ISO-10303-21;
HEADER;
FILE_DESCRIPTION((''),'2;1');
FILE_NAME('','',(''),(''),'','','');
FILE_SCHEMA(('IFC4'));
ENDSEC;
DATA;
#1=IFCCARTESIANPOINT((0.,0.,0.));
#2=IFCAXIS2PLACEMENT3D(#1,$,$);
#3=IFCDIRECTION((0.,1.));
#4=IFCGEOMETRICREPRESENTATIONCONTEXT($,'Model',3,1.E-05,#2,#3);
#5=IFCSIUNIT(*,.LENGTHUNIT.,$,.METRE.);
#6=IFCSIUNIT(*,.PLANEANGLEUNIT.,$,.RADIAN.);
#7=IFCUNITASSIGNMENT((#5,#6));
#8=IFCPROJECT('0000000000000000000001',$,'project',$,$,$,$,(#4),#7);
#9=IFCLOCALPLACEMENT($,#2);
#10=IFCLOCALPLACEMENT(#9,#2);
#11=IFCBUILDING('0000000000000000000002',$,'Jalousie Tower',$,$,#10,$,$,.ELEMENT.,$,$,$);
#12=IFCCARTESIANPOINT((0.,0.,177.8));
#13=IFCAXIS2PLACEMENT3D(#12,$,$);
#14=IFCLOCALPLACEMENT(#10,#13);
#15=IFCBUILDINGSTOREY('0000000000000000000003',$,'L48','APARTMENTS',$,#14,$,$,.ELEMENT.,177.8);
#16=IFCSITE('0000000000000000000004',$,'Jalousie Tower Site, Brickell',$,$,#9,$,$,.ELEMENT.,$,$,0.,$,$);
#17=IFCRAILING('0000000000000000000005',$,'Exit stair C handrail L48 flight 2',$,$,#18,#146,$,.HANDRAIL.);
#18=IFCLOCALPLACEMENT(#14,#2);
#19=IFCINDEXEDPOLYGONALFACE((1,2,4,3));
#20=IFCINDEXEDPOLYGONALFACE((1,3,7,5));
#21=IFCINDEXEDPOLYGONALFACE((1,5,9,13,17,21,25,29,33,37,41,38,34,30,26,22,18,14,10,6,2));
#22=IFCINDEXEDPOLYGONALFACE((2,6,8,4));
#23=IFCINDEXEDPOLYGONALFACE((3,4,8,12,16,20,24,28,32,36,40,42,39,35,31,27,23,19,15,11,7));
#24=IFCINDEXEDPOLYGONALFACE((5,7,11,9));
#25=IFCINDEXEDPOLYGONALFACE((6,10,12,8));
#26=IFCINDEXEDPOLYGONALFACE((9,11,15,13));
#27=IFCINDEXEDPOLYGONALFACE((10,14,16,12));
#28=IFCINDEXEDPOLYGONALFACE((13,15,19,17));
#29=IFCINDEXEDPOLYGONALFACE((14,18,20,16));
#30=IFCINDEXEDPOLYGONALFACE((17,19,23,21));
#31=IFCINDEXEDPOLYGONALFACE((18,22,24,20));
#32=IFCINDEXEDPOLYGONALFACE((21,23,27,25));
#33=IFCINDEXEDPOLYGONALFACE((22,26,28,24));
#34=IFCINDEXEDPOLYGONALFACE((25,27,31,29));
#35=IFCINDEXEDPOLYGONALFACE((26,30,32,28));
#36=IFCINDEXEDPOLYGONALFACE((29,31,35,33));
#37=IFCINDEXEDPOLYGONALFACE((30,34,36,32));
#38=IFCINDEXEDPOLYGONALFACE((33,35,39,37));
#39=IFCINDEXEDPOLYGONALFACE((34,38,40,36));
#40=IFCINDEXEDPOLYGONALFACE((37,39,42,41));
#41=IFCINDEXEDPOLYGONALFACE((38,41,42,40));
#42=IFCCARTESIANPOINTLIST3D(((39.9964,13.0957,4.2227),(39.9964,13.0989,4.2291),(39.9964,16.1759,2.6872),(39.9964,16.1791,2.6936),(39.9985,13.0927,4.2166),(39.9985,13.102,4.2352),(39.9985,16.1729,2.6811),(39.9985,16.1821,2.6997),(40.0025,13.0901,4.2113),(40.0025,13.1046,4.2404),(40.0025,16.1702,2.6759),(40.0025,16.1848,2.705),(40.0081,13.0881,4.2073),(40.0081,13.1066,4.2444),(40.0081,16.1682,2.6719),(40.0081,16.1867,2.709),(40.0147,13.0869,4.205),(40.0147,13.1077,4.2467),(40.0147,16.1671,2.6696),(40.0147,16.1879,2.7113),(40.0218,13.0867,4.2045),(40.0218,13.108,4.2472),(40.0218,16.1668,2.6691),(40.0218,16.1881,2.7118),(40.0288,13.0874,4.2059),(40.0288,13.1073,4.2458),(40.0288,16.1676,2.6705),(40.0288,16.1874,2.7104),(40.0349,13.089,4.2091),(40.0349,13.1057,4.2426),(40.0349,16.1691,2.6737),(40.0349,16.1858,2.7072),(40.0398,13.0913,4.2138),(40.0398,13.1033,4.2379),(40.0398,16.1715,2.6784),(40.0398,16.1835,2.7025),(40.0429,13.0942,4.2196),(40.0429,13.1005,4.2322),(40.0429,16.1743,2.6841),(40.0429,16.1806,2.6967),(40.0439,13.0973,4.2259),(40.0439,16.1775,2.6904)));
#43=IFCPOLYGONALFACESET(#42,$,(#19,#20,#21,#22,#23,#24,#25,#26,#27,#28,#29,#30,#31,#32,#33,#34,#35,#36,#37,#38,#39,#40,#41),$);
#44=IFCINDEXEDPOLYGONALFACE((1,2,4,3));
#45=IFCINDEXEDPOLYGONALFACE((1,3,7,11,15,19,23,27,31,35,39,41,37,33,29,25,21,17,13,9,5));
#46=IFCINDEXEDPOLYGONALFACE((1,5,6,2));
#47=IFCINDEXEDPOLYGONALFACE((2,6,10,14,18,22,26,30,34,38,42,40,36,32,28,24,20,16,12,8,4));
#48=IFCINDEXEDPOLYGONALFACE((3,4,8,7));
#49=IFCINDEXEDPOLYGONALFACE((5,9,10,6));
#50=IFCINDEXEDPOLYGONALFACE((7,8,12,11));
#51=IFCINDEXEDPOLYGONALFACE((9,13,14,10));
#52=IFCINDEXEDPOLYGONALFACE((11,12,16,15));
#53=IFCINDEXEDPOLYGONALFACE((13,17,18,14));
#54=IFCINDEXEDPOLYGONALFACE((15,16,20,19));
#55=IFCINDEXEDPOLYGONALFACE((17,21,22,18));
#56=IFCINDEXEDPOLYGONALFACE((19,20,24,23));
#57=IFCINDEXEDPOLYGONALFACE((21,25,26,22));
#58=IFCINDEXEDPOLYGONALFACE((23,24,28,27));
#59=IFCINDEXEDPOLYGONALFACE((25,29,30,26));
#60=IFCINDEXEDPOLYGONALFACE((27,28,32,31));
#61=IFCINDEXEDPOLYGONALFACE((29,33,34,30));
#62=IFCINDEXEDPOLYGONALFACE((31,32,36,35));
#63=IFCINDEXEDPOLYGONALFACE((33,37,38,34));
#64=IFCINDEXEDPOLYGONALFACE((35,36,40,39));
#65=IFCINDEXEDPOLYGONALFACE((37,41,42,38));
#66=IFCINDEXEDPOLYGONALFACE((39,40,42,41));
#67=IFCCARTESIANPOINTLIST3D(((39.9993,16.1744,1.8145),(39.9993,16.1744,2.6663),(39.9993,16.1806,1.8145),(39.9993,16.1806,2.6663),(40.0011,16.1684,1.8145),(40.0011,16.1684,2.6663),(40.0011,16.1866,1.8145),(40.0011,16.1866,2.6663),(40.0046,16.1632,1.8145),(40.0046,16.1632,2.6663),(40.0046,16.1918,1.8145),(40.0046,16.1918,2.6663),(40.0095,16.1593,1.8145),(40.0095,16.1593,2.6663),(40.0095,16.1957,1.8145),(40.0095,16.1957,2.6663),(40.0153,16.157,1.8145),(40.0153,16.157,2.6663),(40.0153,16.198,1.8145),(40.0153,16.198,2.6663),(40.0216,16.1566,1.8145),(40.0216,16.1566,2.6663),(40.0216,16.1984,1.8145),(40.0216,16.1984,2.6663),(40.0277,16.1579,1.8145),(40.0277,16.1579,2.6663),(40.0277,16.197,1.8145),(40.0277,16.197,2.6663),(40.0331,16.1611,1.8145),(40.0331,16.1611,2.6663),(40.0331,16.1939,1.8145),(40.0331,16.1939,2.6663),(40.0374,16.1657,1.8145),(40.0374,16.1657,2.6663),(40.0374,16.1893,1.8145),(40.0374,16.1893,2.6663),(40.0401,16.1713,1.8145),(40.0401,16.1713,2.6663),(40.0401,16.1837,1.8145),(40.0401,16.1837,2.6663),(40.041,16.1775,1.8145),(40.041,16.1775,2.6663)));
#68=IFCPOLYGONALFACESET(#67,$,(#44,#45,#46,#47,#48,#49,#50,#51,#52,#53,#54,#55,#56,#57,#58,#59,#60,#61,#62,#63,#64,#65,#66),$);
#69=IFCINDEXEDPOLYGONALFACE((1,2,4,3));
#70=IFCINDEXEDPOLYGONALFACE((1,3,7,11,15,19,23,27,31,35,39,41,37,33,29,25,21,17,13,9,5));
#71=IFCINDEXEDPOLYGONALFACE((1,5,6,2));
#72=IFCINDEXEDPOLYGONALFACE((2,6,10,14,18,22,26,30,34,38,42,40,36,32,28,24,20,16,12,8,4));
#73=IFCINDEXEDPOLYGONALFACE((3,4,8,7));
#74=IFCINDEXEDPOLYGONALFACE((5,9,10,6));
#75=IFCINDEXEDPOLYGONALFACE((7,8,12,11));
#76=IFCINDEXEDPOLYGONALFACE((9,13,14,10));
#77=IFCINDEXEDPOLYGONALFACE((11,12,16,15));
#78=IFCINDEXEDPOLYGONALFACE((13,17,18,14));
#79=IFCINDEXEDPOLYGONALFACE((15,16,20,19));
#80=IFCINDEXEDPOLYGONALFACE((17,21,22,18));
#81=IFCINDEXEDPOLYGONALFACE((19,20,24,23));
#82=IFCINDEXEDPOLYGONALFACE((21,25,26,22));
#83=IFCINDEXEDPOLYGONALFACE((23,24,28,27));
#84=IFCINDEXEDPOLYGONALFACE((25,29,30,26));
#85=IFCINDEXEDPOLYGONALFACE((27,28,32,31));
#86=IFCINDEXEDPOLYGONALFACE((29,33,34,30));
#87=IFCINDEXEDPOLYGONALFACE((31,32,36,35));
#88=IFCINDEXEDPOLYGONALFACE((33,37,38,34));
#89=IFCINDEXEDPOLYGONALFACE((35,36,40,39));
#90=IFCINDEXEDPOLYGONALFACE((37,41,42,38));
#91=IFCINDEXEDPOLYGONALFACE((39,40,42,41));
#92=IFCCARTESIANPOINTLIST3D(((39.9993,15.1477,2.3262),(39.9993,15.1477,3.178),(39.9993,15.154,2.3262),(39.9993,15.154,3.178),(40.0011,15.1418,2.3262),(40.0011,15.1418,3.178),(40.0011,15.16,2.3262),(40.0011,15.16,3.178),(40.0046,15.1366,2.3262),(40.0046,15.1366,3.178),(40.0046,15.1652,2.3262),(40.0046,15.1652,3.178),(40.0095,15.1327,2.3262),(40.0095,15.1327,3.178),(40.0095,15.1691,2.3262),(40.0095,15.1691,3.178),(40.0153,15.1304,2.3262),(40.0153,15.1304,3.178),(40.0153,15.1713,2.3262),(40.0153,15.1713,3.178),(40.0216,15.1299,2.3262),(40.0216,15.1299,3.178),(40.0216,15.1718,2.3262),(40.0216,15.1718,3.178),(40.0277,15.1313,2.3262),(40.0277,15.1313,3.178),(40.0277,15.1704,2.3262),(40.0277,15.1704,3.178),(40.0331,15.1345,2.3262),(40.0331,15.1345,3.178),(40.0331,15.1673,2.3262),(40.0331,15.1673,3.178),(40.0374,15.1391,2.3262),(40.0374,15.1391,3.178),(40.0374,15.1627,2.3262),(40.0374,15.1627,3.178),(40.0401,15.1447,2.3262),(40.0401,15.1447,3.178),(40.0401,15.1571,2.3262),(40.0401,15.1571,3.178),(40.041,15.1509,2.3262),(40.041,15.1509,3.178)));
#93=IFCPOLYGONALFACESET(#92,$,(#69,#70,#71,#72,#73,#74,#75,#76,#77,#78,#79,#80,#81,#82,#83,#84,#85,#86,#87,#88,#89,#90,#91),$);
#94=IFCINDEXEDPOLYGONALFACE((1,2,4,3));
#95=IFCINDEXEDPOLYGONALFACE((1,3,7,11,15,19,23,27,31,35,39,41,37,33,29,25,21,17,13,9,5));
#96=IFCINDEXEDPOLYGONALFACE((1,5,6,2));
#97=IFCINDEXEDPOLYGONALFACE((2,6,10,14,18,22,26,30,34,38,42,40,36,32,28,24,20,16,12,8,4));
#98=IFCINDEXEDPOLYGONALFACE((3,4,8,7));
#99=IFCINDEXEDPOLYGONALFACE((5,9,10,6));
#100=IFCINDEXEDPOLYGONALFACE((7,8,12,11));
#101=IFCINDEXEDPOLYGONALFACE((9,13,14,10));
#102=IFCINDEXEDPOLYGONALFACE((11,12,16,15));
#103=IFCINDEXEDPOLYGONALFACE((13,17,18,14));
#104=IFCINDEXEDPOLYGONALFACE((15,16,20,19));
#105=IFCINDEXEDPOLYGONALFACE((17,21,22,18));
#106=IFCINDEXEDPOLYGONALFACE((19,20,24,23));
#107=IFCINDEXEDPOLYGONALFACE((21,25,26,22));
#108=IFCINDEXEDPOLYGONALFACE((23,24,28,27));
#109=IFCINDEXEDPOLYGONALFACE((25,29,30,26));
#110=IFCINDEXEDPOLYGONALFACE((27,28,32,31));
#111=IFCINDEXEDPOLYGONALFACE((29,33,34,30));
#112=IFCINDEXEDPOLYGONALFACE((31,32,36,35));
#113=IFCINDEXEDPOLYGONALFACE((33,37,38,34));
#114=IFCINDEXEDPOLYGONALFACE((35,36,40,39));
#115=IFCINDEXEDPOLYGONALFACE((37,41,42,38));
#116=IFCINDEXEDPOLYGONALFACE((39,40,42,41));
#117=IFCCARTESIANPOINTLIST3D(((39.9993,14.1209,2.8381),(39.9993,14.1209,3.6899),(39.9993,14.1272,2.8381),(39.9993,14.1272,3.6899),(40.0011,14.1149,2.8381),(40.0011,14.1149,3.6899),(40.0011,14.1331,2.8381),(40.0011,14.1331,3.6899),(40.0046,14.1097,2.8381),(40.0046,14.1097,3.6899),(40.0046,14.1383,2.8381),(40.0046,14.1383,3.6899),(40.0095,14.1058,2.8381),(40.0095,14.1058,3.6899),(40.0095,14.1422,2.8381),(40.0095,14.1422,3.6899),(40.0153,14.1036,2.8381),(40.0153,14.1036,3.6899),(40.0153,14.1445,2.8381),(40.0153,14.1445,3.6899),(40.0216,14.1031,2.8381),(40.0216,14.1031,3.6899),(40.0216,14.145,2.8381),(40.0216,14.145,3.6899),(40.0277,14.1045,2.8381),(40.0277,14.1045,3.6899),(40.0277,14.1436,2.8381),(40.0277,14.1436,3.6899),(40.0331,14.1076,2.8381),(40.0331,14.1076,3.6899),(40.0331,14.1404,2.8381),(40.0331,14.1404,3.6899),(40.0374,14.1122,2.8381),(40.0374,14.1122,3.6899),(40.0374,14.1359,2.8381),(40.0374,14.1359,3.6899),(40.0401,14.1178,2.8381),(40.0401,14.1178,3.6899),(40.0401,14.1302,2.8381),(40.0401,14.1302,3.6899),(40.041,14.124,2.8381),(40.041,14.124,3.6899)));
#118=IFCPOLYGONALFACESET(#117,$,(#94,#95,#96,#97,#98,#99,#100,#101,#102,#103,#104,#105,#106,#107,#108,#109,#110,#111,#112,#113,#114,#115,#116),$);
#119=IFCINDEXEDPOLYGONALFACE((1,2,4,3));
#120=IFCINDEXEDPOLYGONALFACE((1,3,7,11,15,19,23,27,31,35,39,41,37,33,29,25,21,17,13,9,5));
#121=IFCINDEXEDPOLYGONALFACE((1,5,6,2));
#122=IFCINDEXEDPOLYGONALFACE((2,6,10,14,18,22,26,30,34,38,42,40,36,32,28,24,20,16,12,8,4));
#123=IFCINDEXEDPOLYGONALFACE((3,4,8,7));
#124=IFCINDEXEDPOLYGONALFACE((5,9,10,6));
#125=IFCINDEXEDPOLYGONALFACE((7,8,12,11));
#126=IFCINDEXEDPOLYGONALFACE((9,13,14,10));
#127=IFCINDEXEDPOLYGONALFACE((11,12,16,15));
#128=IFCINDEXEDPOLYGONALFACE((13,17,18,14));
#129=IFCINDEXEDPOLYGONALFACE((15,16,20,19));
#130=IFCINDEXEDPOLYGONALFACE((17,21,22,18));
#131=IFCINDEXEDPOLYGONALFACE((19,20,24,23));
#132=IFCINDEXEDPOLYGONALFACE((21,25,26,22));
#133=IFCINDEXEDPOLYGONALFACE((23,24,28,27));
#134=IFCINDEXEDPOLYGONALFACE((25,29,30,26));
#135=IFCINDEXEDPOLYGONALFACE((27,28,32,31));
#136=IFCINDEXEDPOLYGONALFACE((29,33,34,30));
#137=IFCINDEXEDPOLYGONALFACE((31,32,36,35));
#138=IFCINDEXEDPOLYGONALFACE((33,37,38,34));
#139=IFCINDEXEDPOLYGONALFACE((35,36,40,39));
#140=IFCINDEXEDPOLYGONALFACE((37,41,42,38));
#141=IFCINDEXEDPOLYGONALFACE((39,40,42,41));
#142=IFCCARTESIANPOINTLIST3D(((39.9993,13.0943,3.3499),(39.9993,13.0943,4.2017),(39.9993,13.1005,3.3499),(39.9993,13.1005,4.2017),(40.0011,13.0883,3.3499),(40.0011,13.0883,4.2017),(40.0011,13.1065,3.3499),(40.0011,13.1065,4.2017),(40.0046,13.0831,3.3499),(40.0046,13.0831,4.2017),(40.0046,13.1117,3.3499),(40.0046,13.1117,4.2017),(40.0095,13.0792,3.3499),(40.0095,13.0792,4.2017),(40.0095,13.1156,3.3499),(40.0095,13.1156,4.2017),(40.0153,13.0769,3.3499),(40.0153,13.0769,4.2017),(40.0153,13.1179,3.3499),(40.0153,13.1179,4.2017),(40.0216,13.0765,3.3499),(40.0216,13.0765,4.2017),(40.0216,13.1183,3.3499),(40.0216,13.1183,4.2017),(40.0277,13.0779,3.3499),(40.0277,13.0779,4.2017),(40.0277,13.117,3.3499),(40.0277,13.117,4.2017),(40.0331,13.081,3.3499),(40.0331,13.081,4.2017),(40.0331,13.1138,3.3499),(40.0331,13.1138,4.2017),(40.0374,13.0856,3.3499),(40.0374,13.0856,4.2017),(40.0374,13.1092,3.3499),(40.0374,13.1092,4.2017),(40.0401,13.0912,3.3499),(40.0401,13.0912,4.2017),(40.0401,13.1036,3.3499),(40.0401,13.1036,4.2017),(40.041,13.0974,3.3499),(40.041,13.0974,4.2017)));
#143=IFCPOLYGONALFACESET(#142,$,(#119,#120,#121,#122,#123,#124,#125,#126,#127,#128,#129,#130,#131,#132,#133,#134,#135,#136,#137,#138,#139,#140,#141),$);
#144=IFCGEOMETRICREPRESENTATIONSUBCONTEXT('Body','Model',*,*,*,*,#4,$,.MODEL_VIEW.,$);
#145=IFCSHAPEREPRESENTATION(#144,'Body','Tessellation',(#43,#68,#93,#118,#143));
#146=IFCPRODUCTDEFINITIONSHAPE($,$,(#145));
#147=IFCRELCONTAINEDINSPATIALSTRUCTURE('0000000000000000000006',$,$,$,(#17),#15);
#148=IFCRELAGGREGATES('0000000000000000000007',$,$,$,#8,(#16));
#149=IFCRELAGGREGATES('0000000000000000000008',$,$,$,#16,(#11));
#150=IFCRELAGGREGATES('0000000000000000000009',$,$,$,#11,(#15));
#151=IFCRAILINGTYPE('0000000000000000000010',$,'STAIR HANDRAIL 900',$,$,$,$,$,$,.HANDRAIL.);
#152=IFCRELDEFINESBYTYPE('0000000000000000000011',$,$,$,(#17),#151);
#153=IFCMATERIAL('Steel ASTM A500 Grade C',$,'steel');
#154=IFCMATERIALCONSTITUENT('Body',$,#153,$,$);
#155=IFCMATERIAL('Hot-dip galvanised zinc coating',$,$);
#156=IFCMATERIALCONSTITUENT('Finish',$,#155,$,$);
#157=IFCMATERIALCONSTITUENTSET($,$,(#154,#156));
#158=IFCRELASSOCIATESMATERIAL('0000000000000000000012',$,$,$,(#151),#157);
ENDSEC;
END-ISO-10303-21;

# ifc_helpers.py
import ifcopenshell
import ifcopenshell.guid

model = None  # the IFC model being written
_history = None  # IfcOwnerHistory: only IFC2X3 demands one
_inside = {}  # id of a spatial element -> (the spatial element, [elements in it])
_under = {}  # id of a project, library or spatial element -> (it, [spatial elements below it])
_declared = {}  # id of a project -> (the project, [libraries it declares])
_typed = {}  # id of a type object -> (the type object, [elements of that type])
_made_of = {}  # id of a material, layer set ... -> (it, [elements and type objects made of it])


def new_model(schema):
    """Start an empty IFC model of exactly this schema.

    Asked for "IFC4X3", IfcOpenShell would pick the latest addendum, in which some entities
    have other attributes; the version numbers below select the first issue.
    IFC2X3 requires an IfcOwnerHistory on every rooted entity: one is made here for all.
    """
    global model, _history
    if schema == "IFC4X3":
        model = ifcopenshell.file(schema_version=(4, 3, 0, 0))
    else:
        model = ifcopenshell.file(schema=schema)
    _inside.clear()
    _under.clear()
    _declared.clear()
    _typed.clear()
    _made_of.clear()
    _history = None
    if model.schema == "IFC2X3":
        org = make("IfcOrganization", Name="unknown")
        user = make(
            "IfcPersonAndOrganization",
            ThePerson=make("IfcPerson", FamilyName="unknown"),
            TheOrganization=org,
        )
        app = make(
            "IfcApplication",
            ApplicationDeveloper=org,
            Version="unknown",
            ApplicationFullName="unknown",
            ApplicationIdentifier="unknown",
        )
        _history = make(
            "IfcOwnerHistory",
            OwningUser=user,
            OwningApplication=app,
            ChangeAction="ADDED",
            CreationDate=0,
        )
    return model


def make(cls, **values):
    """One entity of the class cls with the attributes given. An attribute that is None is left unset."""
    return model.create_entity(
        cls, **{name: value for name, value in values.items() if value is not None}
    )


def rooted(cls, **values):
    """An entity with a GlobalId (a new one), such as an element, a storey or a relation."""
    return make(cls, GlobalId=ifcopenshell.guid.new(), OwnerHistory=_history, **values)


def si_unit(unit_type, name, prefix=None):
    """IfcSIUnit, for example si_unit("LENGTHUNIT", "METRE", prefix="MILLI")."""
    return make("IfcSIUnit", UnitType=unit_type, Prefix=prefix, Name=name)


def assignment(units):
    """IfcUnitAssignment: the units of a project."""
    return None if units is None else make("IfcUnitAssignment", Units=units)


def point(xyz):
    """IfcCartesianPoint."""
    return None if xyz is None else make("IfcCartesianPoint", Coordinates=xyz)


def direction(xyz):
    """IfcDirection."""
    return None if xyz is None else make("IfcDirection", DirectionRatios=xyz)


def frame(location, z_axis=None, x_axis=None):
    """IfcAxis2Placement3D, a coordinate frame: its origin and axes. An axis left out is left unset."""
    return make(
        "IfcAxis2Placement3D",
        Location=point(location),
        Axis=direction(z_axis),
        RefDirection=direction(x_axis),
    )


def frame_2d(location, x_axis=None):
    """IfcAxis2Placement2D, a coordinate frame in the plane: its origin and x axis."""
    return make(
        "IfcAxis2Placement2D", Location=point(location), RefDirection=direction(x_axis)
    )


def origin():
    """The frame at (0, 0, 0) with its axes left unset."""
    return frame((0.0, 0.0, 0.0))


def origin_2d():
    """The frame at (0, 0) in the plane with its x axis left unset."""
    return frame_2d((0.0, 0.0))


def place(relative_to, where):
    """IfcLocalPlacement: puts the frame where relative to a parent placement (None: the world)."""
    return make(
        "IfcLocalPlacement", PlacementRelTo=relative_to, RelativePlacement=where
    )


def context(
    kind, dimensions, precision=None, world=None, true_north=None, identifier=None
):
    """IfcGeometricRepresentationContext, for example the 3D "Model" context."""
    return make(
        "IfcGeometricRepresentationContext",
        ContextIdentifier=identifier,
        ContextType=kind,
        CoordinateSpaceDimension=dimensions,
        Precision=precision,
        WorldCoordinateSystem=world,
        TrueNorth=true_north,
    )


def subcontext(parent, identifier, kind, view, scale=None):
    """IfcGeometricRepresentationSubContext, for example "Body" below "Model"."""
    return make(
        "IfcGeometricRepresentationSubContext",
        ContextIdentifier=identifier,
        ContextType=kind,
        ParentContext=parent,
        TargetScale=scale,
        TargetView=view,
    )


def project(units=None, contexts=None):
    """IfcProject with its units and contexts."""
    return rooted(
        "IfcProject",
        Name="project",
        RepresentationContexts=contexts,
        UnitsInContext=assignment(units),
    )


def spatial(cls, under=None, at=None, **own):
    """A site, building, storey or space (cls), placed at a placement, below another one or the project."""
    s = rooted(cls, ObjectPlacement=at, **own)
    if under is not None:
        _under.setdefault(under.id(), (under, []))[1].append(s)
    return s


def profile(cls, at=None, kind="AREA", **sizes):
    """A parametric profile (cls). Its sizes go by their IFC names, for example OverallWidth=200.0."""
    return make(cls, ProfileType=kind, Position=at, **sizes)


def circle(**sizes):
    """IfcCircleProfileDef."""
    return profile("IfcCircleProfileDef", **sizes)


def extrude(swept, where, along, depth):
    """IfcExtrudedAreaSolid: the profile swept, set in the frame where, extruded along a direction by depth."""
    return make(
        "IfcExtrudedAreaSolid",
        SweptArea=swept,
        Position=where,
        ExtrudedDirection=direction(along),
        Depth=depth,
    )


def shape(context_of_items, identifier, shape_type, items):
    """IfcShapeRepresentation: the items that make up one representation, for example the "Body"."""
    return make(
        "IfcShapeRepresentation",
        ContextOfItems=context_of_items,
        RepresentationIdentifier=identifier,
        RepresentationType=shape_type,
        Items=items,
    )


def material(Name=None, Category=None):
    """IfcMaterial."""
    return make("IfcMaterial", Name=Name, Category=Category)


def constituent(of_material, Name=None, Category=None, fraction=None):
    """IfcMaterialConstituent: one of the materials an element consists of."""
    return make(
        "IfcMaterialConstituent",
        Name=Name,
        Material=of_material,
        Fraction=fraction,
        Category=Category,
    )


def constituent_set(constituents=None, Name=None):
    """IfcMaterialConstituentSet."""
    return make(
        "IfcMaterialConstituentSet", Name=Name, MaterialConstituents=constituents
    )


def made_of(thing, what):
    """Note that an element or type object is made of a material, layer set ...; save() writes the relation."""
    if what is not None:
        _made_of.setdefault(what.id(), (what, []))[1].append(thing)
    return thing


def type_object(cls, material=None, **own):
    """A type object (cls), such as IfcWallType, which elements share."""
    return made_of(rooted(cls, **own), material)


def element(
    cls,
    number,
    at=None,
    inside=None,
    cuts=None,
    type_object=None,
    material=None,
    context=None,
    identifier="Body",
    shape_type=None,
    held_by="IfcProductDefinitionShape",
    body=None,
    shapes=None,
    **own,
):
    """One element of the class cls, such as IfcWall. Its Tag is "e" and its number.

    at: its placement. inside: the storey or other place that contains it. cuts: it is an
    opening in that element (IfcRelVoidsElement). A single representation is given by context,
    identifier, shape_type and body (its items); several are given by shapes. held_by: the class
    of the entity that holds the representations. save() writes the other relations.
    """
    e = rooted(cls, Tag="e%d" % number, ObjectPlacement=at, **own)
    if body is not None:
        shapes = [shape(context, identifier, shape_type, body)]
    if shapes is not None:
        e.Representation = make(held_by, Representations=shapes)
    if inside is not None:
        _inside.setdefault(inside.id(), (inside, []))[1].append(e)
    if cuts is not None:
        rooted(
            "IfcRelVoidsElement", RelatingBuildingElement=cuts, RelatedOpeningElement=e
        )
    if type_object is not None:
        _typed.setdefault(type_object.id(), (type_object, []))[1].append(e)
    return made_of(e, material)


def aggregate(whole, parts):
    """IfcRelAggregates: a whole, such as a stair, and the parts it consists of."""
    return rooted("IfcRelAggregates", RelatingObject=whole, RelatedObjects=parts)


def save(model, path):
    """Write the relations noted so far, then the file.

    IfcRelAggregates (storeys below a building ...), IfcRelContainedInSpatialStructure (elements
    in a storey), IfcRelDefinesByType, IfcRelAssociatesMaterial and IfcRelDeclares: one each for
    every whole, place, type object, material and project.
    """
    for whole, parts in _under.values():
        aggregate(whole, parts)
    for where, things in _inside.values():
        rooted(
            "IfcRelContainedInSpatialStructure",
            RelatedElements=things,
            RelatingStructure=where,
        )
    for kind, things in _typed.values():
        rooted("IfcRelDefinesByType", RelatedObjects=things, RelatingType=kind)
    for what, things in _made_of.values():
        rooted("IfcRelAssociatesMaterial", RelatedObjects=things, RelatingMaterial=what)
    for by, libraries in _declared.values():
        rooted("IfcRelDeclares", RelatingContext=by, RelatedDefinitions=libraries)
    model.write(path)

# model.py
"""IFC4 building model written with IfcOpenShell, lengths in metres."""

from ifc_helpers import new_model, si_unit, direction, frame, origin, origin_2d, place, context, subcontext, project, spatial, circle, extrude, material, constituent, constituent_set, type_object, element, save


model = new_model("IFC4")

# Units and contexts
model_context = context("Model", 3, precision=1e-05, world=origin(), true_north=direction((0.0, 1.0)))
body_context = subcontext(model_context, "Body", "Model", "MODEL_VIEW")
ifc_project = project(units=[si_unit("LENGTHUNIT", "METRE"), si_unit("PLANEANGLEUNIT", "RADIAN")], contexts=[model_context])

# Site, building, storey
site_placement = place(None, origin())
site = spatial("IfcSite", under=ifc_project, at=site_placement, Name="Jalousie Tower Site, Brickell", CompositionType="ELEMENT", RefElevation=0.0)
building_placement = place(site_placement, origin())
building = spatial("IfcBuilding", under=site, at=building_placement, Name="Jalousie Tower", CompositionType="ELEMENT")
storey_placement = place(building_placement, frame((0.0, 0.0, 177.8)))
storey = spatial("IfcBuildingStorey", under=building, at=storey_placement, Name="L48", Description="APARTMENTS", CompositionType="ELEMENT", Elevation=177.8)

# Railing
ifc_material_1 = material(Name="Steel ASTM A500 Grade C", Category="steel")
ifc_constituent_1 = constituent(ifc_material_1, Name="Body")
ifc_material_2 = material(Name="Hot-dip galvanised zinc coating")
ifc_constituent_2 = constituent(ifc_material_2, Name="Finish")
ifc_constituent_set_1 = constituent_set(constituents=[ifc_constituent_1, ifc_constituent_2])
railing_type_1 = type_object("IfcRailingType", Name="STAIR HANDRAIL 900", PredefinedType="HANDRAIL", material=ifc_constituent_set_1)
railing_1_placement = place(storey_placement, frame((40.02, 16.1775, 1.8145)))
element("IfcRailing", 1, at=railing_1_placement, inside=storey, type_object=railing_type_1, Name="Exit stair C handrail L48 flight 2", PredefinedType="HANDRAIL", context=body_context, shape_type="SweptSolid", body=[
    extrude(circle(Radius=0.0239, at=origin_2d()), frame((0.0, 0.0, 0.876), z_axis=(0.0, -0.894966, 0.446135), x_axis=(1.0, 0.0, 0.0)), (0.0, 0.0, 1.0), 3.4417),
    extrude(circle(Radius=0.021, at=origin_2d()), origin(), (0.0, 0.0, 1.0), 0.8518),
    extrude(circle(Radius=0.021, at=origin_2d()), frame((0.0, -1.0266, 0.5117)), (0.0, 0.0, 1.0), 0.8518),
    extrude(circle(Radius=0.021, at=origin_2d()), frame((0.0, -2.0535, 1.0237)), (0.0, 0.0, 1.0), 0.8518),
    extrude(circle(Radius=0.021, at=origin_2d()), frame((0.0, -3.0801, 1.5354)), (0.0, 0.0, 1.0), 0.8518),
])

save(model, "model.ifc")
